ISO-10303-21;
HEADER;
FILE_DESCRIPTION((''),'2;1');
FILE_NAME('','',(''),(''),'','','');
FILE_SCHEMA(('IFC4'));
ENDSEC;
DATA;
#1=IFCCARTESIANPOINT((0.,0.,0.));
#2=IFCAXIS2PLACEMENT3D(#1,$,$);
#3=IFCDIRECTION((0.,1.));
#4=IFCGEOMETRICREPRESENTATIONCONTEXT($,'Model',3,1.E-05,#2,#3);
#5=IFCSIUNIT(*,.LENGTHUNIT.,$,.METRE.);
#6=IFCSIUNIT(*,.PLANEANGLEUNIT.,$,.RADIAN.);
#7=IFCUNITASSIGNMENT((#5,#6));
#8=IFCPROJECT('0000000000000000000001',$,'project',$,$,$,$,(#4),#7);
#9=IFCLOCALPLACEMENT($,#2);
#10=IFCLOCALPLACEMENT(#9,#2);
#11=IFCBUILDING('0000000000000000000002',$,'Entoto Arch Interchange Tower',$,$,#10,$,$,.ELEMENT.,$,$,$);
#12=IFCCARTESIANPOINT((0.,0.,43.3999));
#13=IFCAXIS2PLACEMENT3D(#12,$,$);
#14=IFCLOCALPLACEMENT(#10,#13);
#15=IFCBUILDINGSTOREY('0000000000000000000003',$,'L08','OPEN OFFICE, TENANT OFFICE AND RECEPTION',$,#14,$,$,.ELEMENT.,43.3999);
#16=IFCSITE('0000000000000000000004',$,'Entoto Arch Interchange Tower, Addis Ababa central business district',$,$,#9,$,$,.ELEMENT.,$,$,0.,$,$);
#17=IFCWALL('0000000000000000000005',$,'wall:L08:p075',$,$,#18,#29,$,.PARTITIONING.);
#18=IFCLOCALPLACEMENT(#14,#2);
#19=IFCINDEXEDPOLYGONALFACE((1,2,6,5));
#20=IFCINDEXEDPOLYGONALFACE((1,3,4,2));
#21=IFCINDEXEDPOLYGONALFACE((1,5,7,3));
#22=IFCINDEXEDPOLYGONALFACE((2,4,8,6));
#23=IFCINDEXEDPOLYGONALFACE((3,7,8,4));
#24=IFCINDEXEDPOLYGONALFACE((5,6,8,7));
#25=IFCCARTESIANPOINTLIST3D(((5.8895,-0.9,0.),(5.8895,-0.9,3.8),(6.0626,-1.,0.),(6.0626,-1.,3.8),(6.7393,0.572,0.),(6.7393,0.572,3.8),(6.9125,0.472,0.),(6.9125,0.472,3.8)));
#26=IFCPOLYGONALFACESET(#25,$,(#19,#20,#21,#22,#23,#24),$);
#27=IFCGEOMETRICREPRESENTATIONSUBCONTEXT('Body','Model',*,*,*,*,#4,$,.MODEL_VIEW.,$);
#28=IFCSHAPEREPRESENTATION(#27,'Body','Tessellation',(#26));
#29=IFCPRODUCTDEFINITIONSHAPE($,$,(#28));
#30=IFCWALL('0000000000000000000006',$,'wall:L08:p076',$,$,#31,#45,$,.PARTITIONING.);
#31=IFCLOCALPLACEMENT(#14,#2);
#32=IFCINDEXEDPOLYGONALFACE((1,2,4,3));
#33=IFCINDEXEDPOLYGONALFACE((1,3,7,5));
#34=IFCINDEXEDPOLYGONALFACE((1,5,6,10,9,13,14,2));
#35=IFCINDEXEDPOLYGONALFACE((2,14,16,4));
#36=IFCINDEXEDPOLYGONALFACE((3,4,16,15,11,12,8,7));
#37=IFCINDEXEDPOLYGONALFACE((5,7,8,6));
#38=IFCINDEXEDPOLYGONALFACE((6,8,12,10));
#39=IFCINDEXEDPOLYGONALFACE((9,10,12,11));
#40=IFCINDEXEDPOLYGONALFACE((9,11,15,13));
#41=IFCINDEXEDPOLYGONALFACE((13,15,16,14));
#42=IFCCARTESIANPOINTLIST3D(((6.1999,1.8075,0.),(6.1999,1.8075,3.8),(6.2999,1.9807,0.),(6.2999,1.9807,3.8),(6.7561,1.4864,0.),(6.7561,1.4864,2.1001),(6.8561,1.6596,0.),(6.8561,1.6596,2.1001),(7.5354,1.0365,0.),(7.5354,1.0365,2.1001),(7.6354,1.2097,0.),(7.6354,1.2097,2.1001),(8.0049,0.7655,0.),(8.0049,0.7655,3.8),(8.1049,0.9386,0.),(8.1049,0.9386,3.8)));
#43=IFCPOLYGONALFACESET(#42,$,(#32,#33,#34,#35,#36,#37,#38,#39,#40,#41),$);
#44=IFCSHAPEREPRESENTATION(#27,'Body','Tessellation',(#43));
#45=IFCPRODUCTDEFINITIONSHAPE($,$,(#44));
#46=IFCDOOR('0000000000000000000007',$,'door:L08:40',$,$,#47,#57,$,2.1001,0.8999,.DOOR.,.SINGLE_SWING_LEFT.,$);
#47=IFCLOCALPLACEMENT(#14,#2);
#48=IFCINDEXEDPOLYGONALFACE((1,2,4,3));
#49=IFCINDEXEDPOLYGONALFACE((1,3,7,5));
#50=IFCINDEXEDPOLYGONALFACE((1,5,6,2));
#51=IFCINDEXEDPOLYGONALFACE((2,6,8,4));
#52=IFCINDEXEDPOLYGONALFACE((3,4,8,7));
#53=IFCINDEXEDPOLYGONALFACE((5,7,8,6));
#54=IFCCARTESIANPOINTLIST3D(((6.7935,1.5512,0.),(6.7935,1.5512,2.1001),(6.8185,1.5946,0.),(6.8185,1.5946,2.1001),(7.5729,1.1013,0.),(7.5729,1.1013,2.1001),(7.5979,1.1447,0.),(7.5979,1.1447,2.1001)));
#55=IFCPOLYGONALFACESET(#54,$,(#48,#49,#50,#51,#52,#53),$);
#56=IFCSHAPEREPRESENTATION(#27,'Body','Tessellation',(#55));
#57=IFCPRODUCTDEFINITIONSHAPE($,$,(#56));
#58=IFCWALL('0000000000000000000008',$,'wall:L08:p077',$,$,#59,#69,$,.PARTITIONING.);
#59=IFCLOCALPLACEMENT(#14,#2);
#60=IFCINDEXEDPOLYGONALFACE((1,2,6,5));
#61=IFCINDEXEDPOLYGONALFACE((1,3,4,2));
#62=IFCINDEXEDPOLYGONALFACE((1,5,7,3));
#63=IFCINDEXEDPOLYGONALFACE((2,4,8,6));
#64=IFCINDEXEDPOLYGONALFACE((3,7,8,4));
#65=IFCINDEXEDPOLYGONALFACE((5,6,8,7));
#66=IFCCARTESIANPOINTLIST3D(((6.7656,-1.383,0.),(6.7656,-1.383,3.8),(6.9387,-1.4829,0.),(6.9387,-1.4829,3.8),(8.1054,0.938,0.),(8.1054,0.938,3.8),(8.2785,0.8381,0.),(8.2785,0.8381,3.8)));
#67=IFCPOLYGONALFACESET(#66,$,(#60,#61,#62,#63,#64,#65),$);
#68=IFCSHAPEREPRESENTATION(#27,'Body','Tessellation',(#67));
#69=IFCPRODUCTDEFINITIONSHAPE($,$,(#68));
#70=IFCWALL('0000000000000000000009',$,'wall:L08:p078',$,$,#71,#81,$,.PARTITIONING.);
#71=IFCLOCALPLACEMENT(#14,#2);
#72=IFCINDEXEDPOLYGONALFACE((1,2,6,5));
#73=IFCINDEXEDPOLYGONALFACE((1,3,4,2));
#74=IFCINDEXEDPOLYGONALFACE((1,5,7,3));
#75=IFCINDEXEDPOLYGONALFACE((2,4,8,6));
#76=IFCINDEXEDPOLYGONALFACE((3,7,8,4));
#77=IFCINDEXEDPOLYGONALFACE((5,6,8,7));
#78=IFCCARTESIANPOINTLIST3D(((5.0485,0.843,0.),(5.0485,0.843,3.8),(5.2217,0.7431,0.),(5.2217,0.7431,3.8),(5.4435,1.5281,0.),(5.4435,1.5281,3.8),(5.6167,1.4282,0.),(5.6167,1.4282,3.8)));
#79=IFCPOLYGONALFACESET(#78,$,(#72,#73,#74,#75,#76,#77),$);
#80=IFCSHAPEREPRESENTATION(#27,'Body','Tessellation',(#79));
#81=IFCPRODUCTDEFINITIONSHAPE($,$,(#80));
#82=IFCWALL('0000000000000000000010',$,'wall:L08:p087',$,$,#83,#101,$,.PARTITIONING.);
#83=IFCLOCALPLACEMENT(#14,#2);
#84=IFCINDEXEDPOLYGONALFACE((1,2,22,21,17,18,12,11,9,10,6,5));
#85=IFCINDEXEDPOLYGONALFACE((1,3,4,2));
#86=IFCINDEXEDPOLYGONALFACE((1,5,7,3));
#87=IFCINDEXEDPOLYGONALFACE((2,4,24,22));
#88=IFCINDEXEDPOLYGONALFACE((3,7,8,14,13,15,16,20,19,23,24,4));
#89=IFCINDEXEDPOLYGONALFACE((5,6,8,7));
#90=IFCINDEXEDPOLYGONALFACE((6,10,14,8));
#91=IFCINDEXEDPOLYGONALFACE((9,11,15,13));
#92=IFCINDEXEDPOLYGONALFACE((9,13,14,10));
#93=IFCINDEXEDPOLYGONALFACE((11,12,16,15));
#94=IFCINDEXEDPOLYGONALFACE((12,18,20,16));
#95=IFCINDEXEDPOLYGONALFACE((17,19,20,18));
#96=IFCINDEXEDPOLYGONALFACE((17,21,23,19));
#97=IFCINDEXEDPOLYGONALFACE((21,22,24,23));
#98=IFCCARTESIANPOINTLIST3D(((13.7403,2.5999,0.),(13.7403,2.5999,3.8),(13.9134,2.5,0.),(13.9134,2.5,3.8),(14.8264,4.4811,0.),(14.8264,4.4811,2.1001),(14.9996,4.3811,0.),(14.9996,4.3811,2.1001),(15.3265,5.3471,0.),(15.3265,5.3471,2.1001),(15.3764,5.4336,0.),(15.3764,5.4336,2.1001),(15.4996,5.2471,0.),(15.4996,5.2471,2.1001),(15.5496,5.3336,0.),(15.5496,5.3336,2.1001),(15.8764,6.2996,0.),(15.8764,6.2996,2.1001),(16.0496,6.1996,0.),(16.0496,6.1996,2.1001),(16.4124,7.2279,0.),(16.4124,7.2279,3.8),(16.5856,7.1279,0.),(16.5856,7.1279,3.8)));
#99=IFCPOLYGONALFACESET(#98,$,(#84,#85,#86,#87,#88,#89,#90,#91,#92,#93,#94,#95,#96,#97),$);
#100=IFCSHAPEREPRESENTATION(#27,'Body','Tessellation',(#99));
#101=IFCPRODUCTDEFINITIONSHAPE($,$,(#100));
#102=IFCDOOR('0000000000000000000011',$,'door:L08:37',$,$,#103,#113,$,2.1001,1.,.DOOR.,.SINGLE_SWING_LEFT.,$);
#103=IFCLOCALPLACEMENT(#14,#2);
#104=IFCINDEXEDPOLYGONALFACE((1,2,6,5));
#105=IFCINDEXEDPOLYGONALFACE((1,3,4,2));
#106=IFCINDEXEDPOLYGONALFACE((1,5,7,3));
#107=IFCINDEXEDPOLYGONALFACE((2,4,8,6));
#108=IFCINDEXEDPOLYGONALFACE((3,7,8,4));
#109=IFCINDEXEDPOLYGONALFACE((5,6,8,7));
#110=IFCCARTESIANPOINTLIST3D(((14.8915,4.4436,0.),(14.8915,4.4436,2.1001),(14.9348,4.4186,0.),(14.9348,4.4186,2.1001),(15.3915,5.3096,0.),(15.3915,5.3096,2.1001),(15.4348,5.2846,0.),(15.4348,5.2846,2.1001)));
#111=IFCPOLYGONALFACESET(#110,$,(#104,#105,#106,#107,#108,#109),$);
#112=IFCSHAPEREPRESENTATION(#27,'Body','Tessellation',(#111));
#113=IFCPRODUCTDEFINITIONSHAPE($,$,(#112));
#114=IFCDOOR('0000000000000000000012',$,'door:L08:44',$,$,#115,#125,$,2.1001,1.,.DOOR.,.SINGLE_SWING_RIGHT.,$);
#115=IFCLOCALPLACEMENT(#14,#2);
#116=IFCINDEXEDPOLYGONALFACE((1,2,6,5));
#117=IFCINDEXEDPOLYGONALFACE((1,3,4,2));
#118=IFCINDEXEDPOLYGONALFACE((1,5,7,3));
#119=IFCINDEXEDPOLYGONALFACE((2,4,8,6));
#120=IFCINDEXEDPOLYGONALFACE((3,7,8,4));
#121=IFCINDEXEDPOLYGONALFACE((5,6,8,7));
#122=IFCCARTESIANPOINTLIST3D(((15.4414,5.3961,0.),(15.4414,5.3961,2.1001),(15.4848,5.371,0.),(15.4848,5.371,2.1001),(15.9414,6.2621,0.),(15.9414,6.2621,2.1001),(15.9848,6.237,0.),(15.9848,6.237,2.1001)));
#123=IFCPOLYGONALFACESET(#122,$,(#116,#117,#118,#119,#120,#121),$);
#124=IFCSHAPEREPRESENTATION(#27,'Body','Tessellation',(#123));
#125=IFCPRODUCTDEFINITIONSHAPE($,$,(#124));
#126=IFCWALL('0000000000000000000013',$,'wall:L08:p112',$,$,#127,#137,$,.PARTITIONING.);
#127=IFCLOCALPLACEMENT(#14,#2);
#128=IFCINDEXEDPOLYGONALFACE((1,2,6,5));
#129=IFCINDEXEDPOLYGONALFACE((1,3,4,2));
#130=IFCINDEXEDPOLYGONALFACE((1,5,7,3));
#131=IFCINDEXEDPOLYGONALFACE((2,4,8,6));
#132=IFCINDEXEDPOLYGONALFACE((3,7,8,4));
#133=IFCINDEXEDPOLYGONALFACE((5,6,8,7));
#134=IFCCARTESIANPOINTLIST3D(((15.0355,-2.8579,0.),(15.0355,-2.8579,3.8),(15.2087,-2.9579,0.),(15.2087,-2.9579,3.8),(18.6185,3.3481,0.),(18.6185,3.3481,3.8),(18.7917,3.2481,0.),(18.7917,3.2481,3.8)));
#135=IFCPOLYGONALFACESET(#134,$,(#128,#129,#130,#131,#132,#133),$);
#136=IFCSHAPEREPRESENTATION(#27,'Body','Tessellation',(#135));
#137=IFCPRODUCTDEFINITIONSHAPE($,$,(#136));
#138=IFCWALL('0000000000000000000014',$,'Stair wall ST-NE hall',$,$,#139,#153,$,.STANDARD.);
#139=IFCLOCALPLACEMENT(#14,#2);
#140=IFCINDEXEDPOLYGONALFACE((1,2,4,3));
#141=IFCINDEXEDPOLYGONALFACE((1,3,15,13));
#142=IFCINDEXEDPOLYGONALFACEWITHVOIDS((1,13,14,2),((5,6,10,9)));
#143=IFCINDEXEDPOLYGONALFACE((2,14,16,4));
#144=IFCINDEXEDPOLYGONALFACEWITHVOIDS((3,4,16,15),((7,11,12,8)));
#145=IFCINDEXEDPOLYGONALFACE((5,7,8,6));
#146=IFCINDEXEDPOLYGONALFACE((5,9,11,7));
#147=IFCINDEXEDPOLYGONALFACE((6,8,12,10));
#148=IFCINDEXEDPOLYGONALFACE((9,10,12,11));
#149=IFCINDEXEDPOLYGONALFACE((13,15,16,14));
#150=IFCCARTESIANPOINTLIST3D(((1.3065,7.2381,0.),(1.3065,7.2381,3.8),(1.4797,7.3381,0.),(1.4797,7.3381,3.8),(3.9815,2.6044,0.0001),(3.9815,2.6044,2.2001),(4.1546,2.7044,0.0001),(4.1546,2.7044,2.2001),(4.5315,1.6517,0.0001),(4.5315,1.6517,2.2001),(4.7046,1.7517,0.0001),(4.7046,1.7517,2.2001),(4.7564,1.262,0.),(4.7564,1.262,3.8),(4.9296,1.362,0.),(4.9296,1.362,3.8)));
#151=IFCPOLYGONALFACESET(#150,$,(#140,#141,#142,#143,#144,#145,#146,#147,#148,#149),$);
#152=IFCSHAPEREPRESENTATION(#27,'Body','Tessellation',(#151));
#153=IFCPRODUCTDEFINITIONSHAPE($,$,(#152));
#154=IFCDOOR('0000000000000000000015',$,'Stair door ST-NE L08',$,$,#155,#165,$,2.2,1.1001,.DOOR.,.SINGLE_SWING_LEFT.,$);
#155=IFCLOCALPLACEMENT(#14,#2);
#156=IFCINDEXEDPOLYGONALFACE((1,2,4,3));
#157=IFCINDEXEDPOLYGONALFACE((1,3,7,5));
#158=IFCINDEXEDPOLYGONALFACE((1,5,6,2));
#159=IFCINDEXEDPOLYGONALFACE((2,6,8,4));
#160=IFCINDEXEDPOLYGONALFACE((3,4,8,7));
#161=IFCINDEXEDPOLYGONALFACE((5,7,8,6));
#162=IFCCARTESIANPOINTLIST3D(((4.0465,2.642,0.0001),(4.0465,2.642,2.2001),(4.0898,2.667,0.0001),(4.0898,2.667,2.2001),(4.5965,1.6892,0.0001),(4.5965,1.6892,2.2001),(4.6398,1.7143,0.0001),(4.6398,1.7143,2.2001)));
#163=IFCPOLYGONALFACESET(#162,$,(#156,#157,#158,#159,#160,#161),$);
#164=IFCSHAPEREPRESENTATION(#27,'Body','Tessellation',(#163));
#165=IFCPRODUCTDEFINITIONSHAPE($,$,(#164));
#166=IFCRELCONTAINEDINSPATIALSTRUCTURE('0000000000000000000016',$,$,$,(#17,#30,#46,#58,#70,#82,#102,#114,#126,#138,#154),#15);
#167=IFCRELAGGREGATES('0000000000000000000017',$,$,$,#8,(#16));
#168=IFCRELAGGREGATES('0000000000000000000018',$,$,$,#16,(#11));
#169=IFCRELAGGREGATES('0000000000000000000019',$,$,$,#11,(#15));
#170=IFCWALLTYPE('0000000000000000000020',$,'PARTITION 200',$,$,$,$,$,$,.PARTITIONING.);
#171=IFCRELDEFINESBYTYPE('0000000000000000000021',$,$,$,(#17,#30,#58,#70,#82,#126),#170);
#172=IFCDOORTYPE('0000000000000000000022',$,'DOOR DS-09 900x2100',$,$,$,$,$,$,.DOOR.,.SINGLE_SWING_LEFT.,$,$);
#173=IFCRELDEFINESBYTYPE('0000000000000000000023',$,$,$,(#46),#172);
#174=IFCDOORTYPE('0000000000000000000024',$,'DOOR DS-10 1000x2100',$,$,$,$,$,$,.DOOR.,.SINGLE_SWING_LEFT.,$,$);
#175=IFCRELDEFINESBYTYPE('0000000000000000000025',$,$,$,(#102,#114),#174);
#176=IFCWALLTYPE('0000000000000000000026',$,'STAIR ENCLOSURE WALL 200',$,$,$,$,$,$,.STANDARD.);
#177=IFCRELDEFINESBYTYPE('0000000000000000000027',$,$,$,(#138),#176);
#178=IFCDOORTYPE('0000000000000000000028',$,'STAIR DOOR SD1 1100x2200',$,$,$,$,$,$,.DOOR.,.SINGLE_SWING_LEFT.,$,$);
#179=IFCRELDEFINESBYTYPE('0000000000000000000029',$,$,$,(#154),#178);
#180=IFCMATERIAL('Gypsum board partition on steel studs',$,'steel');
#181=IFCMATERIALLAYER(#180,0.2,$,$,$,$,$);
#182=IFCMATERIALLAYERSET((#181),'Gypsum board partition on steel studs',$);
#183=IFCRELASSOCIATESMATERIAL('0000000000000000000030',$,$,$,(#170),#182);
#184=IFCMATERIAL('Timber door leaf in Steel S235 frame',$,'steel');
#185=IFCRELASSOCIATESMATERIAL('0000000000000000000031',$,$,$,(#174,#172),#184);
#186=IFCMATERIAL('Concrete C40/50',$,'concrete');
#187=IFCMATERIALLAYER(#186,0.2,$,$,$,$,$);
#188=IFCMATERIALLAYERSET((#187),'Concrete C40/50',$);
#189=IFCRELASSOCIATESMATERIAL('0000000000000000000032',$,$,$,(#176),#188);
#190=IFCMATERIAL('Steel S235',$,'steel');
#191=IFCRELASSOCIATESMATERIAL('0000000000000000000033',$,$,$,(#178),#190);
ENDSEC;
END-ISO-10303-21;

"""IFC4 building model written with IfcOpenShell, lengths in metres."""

from ifc_helpers import new_model, si_unit, direction, frame, frame_2d, origin, place, context, subcontext, project, spatial, rectangle, extrude, material, layer, layer_set, type_object, element, fill, save


model = new_model("IFC4")

# Units and contexts
model_context = context("Model", 3, precision=1e-05, world=origin(), true_north=direction((0.0, 1.0)))
body_context = subcontext(model_context, "Body", "Model", "MODEL_VIEW")
ifc_project = project(units=[si_unit("LENGTHUNIT", "METRE"), si_unit("PLANEANGLEUNIT", "RADIAN")], contexts=[model_context])

# Site, building, storey
site_placement = place(None, origin())
site = spatial("IfcSite", under=ifc_project, at=site_placement, Name="Entoto Arch Interchange Tower, Addis Ababa central business district", CompositionType="ELEMENT", RefElevation=0.0)
building_placement = place(site_placement, origin())
building = spatial("IfcBuilding", under=site, at=building_placement, Name="Entoto Arch Interchange Tower", CompositionType="ELEMENT")
storey_placement = place(building_placement, frame((0.0, 0.0, 43.3999)))
storey = spatial("IfcBuildingStorey", under=building, at=storey_placement, Name="L08", Description="OPEN OFFICE, TENANT OFFICE AND RECEPTION", CompositionType="ELEMENT", Elevation=43.3999)

# Shared definitions
ifc_material_1 = material(Name="Concrete C40/50", Category="concrete")
ifc_material_2 = material(Name="Gypsum board partition on steel studs", Category="steel")
ifc_layer_1 = layer(ifc_material_2, 0.2)
ifc_layer_set_1 = layer_set([ifc_layer_1], Name="Gypsum board partition on steel studs")
wall_type_1 = type_object("IfcWallType", Name="PARTITION 200", PredefinedType="PARTITIONING", material=ifc_layer_set_1)

# Shared definitions
ifc_material_3 = material(Name="Timber door leaf in Steel S235 frame", Category="steel")
door_type_1 = type_object("IfcDoorType", Name="DOOR DS-10 1000x2100", OperationType="SINGLE_SWING_LEFT", PredefinedType="DOOR", material=ifc_material_3)

# Wall
wall_1_placement = place(storey_placement, frame((6.8259, 0.522, 0.0), z_axis=(0.0, 0.0, 1.0), x_axis=(-0.500017, -0.866016, 0.0)))
element("IfcWall", 1, at=wall_1_placement, inside=storey, type_object=wall_type_1, Name="wall:L08:p075", PredefinedType="PARTITIONING", context=body_context, shape_type="SweptSolid", body=[
    extrude(rectangle(XDim=1.6997, YDim=0.2, at=frame_2d((0.8499, 0.0))), origin(), (0.0, 0.0, 1.0), 3.8),
])

# Wall, opening, door
wall_2_placement = place(storey_placement, frame((6.25, 1.894, 0.0), z_axis=(0.0, 0.0, 1.0), x_axis=(0.866043, -0.499969, 0.0)))
wall_2 = element("IfcWall", 2, at=wall_2_placement, inside=storey, type_object=wall_type_1, Name="wall:L08:p076", PredefinedType="PARTITIONING", context=body_context, shape_type="SweptSolid", body=[
    extrude(rectangle(XDim=2.0842, YDim=0.2, at=frame_2d((1.042, 0.0))), origin(), (0.0, 0.0, 1.0), 3.8),
])
opening_1_placement = place(wall_2_placement, frame((0.6421, 0.0, 0.0)))
opening_1 = element("IfcOpeningElement", 3, at=opening_1_placement, cuts=wall_2, PredefinedType="OPENING", context=body_context, shape_type="SweptSolid", body=[
    extrude(rectangle(XDim=0.8999, YDim=2.1001, at=frame_2d((0.45, 1.05))), frame((0.0, 0.1099, 0.0), z_axis=(0.0, -1.0, 0.0), x_axis=(1.0, 0.0, 0.0)), (0.0, 0.0, 1.0), 0.22),
])
door_type_2 = type_object("IfcDoorType", Name="DOOR DS-09 900x2100", OperationType="SINGLE_SWING_LEFT", PredefinedType="DOOR", material=ifc_material_3)
door_1_placement = place(opening_1_placement, origin())
door_1 = element("IfcDoor", 4, at=door_1_placement, inside=storey, type_object=door_type_2, Name="door:L08:40", OperationType="SINGLE_SWING_LEFT", OverallHeight=2.1001, OverallWidth=0.8999, PredefinedType="DOOR", context=body_context, shape_type="SweptSolid", body=[
    extrude(rectangle(XDim=0.8999, YDim=2.1001, at=frame_2d((0.45, 1.05))), frame((0.0, 0.0249, 0.0), z_axis=(0.0, -1.0, 0.0), x_axis=(1.0, 0.0, 0.0)), (0.0, 0.0, 1.0), 0.05),
])
fill(opening_1, door_1)

# Walls
wall_3_placement = place(storey_placement, frame((8.1919, 0.8879, 0.0), z_axis=(0.0, 0.0, 1.0), x_axis=(-0.499941, -0.86606, 0.0)))
element("IfcWall", 5, at=wall_3_placement, inside=storey, type_object=wall_type_1, Name="wall:L08:p077", PredefinedType="PARTITIONING", context=body_context, shape_type="SweptSolid", body=[
    extrude(rectangle(XDim=2.6799, YDim=0.2, at=frame_2d((1.3398, 0.0))), origin(), (0.0, 0.0, 1.0), 3.8),
])
wall_4_placement = place(storey_placement, frame((5.135, 0.793, 0.0), z_axis=(0.0, 0.0, 1.0), x_axis=(0.499526, 0.866299, 0.0)))
element("IfcWall", 6, at=wall_4_placement, inside=storey, type_object=wall_type_1, Name="wall:L08:p078", PredefinedType="PARTITIONING", context=body_context, shape_type="SweptSolid", body=[
    extrude(rectangle(XDim=0.7908, YDim=0.2, at=frame_2d((0.3955, 0.0))), origin(), (0.0, 0.0, 1.0), 3.8),
])

# Wall, openings, doors
wall_5_placement = place(storey_placement, frame((13.8269, 2.55, 0.0), z_axis=(0.0, 0.0, 1.0), x_axis=(0.500026, 0.866011, 0.0)))
wall_5 = element("IfcWall", 7, at=wall_5_placement, inside=storey, type_object=wall_type_1, Name="wall:L08:p087", PredefinedType="PARTITIONING", context=body_context, shape_type="SweptSolid", body=[
    extrude(rectangle(XDim=5.344, YDim=0.2, at=frame_2d((2.6719, 0.0))), origin(), (0.0, 0.0, 1.0), 3.8),
])
opening_2_placement = place(wall_5_placement, frame((2.1721, 0.0, 0.0)))
opening_2 = element("IfcOpeningElement", 8, at=opening_2_placement, cuts=wall_5, PredefinedType="OPENING", context=body_context, shape_type="SweptSolid", body=[
    extrude(rectangle(XDim=1.0, YDim=2.1001, at=frame_2d((0.5, 1.05))), frame((0.0, 0.1099, 0.0), z_axis=(0.0, -1.0, 0.0), x_axis=(1.0, 0.0, 0.0)), (0.0, 0.0, 1.0), 0.22),
])
opening_3_placement = place(wall_5_placement, frame((3.272, 0.0, 0.0)))
opening_3 = element("IfcOpeningElement", 9, at=opening_3_placement, cuts=wall_5, PredefinedType="OPENING", context=body_context, shape_type="SweptSolid", body=[
    extrude(rectangle(XDim=1.0, YDim=2.1001, at=frame_2d((0.5, 1.05))), frame((0.0, 0.1099, 0.0), z_axis=(0.0, -1.0, 0.0), x_axis=(1.0, 0.0, 0.0)), (0.0, 0.0, 1.0), 0.22),
])
door_2_placement = place(opening_2_placement, origin())
door_2 = element("IfcDoor", 10, at=door_2_placement, inside=storey, type_object=door_type_1, Name="door:L08:37", OperationType="SINGLE_SWING_LEFT", OverallHeight=2.1001, OverallWidth=1.0, PredefinedType="DOOR", context=body_context, shape_type="SweptSolid", body=[
    extrude(rectangle(XDim=1.0, YDim=2.1001, at=frame_2d((0.5, 1.05))), frame((0.0, 0.0249, 0.0), z_axis=(0.0, -1.0, 0.0), x_axis=(1.0, 0.0, 0.0)), (0.0, 0.0, 1.0), 0.05),
])
fill(opening_2, door_2)
door_3_placement = place(opening_3_placement, origin())
door_3 = element("IfcDoor", 11, at=door_3_placement, inside=storey, type_object=door_type_1, Name="door:L08:44", OperationType="SINGLE_SWING_RIGHT", OverallHeight=2.1001, OverallWidth=1.0, PredefinedType="DOOR", context=body_context, shape_type="SweptSolid", body=[
    extrude(rectangle(XDim=1.0, YDim=2.1001, at=frame_2d((0.5, 1.05))), frame((0.0, 0.0249, 0.0), z_axis=(0.0, -1.0, 0.0), x_axis=(1.0, 0.0, 0.0)), (0.0, 0.0, 1.0), 0.05),
])
fill(opening_3, door_3)

# Wall
wall_6_placement = place(storey_placement, frame((18.7051, 3.2981, 0.0), z_axis=(0.0, 0.0, 1.0), x_axis=(-0.499994, -0.866029, 0.0)))
element("IfcWall", 12, at=wall_6_placement, inside=storey, type_object=wall_type_1, Name="wall:L08:p112", PredefinedType="PARTITIONING", context=body_context, shape_type="SweptSolid", body=[
    extrude(rectangle(XDim=7.166, YDim=0.2, at=frame_2d((3.583, 0.0))), origin(), (0.0, 0.0, 1.0), 3.8),
])

# Wall, opening, door
ifc_layer_2 = layer(ifc_material_1, 0.2)
ifc_layer_set_2 = layer_set([ifc_layer_2], Name="Concrete C40/50")
wall_type_2 = type_object("IfcWallType", Name="STAIR ENCLOSURE WALL 200", PredefinedType="STANDARD", material=ifc_layer_set_2)
wall_7_placement = place(storey_placement, frame((4.843, 1.312, 0.0), z_axis=(0.0, 0.0, 1.0), x_axis=(-0.499963, 0.866047, 0.0)))
wall_7 = element("IfcWall", 13, at=wall_7_placement, inside=storey, type_object=wall_type_2, Name="Stair wall ST-NE hall", PredefinedType="STANDARD", context=body_context, shape_type="SweptSolid", body=[
    extrude(rectangle(XDim=6.9004, YDim=0.2, at=frame_2d((3.4502, 0.0))), origin(), (0.0, 0.0, 1.0), 3.8),
])
opening_4_placement = place(wall_7_placement, frame((0.45, 0.0, 0.0)))
opening_4 = element("IfcOpeningElement", 14, at=opening_4_placement, cuts=wall_7, PredefinedType="OPENING", context=body_context, shape_type="SweptSolid", body=[
    extrude(rectangle(XDim=1.1001, YDim=2.2, at=frame_2d((0.55, 1.1001))), frame((0.0, 0.1099, 0.0), z_axis=(0.0, -1.0, 0.0), x_axis=(1.0, 0.0, 0.0)), (0.0, 0.0, 1.0), 0.22),
])
ifc_material_4 = material(Name="Steel S235", Category="steel")
door_type_3 = type_object("IfcDoorType", Name="STAIR DOOR SD1 1100x2200", OperationType="SINGLE_SWING_LEFT", PredefinedType="DOOR", material=ifc_material_4)
door_4_placement = place(opening_4_placement, origin())
door_4 = element("IfcDoor", 15, at=door_4_placement, inside=storey, type_object=door_type_3, Name="Stair door ST-NE L08", OperationType="SINGLE_SWING_LEFT", OverallHeight=2.2, OverallWidth=1.1001, PredefinedType="DOOR", context=body_context, shape_type="SweptSolid", body=[
    extrude(rectangle(XDim=1.1001, YDim=2.2, at=frame_2d((0.55, 1.1001))), frame((0.0, 0.0249, 0.0), z_axis=(0.0, -1.0, 0.0), x_axis=(1.0, 0.0, 0.0)), (0.0, 0.0, 1.0), 0.05),
])
fill(opening_4, door_4)

save(model, "model.ifc")
